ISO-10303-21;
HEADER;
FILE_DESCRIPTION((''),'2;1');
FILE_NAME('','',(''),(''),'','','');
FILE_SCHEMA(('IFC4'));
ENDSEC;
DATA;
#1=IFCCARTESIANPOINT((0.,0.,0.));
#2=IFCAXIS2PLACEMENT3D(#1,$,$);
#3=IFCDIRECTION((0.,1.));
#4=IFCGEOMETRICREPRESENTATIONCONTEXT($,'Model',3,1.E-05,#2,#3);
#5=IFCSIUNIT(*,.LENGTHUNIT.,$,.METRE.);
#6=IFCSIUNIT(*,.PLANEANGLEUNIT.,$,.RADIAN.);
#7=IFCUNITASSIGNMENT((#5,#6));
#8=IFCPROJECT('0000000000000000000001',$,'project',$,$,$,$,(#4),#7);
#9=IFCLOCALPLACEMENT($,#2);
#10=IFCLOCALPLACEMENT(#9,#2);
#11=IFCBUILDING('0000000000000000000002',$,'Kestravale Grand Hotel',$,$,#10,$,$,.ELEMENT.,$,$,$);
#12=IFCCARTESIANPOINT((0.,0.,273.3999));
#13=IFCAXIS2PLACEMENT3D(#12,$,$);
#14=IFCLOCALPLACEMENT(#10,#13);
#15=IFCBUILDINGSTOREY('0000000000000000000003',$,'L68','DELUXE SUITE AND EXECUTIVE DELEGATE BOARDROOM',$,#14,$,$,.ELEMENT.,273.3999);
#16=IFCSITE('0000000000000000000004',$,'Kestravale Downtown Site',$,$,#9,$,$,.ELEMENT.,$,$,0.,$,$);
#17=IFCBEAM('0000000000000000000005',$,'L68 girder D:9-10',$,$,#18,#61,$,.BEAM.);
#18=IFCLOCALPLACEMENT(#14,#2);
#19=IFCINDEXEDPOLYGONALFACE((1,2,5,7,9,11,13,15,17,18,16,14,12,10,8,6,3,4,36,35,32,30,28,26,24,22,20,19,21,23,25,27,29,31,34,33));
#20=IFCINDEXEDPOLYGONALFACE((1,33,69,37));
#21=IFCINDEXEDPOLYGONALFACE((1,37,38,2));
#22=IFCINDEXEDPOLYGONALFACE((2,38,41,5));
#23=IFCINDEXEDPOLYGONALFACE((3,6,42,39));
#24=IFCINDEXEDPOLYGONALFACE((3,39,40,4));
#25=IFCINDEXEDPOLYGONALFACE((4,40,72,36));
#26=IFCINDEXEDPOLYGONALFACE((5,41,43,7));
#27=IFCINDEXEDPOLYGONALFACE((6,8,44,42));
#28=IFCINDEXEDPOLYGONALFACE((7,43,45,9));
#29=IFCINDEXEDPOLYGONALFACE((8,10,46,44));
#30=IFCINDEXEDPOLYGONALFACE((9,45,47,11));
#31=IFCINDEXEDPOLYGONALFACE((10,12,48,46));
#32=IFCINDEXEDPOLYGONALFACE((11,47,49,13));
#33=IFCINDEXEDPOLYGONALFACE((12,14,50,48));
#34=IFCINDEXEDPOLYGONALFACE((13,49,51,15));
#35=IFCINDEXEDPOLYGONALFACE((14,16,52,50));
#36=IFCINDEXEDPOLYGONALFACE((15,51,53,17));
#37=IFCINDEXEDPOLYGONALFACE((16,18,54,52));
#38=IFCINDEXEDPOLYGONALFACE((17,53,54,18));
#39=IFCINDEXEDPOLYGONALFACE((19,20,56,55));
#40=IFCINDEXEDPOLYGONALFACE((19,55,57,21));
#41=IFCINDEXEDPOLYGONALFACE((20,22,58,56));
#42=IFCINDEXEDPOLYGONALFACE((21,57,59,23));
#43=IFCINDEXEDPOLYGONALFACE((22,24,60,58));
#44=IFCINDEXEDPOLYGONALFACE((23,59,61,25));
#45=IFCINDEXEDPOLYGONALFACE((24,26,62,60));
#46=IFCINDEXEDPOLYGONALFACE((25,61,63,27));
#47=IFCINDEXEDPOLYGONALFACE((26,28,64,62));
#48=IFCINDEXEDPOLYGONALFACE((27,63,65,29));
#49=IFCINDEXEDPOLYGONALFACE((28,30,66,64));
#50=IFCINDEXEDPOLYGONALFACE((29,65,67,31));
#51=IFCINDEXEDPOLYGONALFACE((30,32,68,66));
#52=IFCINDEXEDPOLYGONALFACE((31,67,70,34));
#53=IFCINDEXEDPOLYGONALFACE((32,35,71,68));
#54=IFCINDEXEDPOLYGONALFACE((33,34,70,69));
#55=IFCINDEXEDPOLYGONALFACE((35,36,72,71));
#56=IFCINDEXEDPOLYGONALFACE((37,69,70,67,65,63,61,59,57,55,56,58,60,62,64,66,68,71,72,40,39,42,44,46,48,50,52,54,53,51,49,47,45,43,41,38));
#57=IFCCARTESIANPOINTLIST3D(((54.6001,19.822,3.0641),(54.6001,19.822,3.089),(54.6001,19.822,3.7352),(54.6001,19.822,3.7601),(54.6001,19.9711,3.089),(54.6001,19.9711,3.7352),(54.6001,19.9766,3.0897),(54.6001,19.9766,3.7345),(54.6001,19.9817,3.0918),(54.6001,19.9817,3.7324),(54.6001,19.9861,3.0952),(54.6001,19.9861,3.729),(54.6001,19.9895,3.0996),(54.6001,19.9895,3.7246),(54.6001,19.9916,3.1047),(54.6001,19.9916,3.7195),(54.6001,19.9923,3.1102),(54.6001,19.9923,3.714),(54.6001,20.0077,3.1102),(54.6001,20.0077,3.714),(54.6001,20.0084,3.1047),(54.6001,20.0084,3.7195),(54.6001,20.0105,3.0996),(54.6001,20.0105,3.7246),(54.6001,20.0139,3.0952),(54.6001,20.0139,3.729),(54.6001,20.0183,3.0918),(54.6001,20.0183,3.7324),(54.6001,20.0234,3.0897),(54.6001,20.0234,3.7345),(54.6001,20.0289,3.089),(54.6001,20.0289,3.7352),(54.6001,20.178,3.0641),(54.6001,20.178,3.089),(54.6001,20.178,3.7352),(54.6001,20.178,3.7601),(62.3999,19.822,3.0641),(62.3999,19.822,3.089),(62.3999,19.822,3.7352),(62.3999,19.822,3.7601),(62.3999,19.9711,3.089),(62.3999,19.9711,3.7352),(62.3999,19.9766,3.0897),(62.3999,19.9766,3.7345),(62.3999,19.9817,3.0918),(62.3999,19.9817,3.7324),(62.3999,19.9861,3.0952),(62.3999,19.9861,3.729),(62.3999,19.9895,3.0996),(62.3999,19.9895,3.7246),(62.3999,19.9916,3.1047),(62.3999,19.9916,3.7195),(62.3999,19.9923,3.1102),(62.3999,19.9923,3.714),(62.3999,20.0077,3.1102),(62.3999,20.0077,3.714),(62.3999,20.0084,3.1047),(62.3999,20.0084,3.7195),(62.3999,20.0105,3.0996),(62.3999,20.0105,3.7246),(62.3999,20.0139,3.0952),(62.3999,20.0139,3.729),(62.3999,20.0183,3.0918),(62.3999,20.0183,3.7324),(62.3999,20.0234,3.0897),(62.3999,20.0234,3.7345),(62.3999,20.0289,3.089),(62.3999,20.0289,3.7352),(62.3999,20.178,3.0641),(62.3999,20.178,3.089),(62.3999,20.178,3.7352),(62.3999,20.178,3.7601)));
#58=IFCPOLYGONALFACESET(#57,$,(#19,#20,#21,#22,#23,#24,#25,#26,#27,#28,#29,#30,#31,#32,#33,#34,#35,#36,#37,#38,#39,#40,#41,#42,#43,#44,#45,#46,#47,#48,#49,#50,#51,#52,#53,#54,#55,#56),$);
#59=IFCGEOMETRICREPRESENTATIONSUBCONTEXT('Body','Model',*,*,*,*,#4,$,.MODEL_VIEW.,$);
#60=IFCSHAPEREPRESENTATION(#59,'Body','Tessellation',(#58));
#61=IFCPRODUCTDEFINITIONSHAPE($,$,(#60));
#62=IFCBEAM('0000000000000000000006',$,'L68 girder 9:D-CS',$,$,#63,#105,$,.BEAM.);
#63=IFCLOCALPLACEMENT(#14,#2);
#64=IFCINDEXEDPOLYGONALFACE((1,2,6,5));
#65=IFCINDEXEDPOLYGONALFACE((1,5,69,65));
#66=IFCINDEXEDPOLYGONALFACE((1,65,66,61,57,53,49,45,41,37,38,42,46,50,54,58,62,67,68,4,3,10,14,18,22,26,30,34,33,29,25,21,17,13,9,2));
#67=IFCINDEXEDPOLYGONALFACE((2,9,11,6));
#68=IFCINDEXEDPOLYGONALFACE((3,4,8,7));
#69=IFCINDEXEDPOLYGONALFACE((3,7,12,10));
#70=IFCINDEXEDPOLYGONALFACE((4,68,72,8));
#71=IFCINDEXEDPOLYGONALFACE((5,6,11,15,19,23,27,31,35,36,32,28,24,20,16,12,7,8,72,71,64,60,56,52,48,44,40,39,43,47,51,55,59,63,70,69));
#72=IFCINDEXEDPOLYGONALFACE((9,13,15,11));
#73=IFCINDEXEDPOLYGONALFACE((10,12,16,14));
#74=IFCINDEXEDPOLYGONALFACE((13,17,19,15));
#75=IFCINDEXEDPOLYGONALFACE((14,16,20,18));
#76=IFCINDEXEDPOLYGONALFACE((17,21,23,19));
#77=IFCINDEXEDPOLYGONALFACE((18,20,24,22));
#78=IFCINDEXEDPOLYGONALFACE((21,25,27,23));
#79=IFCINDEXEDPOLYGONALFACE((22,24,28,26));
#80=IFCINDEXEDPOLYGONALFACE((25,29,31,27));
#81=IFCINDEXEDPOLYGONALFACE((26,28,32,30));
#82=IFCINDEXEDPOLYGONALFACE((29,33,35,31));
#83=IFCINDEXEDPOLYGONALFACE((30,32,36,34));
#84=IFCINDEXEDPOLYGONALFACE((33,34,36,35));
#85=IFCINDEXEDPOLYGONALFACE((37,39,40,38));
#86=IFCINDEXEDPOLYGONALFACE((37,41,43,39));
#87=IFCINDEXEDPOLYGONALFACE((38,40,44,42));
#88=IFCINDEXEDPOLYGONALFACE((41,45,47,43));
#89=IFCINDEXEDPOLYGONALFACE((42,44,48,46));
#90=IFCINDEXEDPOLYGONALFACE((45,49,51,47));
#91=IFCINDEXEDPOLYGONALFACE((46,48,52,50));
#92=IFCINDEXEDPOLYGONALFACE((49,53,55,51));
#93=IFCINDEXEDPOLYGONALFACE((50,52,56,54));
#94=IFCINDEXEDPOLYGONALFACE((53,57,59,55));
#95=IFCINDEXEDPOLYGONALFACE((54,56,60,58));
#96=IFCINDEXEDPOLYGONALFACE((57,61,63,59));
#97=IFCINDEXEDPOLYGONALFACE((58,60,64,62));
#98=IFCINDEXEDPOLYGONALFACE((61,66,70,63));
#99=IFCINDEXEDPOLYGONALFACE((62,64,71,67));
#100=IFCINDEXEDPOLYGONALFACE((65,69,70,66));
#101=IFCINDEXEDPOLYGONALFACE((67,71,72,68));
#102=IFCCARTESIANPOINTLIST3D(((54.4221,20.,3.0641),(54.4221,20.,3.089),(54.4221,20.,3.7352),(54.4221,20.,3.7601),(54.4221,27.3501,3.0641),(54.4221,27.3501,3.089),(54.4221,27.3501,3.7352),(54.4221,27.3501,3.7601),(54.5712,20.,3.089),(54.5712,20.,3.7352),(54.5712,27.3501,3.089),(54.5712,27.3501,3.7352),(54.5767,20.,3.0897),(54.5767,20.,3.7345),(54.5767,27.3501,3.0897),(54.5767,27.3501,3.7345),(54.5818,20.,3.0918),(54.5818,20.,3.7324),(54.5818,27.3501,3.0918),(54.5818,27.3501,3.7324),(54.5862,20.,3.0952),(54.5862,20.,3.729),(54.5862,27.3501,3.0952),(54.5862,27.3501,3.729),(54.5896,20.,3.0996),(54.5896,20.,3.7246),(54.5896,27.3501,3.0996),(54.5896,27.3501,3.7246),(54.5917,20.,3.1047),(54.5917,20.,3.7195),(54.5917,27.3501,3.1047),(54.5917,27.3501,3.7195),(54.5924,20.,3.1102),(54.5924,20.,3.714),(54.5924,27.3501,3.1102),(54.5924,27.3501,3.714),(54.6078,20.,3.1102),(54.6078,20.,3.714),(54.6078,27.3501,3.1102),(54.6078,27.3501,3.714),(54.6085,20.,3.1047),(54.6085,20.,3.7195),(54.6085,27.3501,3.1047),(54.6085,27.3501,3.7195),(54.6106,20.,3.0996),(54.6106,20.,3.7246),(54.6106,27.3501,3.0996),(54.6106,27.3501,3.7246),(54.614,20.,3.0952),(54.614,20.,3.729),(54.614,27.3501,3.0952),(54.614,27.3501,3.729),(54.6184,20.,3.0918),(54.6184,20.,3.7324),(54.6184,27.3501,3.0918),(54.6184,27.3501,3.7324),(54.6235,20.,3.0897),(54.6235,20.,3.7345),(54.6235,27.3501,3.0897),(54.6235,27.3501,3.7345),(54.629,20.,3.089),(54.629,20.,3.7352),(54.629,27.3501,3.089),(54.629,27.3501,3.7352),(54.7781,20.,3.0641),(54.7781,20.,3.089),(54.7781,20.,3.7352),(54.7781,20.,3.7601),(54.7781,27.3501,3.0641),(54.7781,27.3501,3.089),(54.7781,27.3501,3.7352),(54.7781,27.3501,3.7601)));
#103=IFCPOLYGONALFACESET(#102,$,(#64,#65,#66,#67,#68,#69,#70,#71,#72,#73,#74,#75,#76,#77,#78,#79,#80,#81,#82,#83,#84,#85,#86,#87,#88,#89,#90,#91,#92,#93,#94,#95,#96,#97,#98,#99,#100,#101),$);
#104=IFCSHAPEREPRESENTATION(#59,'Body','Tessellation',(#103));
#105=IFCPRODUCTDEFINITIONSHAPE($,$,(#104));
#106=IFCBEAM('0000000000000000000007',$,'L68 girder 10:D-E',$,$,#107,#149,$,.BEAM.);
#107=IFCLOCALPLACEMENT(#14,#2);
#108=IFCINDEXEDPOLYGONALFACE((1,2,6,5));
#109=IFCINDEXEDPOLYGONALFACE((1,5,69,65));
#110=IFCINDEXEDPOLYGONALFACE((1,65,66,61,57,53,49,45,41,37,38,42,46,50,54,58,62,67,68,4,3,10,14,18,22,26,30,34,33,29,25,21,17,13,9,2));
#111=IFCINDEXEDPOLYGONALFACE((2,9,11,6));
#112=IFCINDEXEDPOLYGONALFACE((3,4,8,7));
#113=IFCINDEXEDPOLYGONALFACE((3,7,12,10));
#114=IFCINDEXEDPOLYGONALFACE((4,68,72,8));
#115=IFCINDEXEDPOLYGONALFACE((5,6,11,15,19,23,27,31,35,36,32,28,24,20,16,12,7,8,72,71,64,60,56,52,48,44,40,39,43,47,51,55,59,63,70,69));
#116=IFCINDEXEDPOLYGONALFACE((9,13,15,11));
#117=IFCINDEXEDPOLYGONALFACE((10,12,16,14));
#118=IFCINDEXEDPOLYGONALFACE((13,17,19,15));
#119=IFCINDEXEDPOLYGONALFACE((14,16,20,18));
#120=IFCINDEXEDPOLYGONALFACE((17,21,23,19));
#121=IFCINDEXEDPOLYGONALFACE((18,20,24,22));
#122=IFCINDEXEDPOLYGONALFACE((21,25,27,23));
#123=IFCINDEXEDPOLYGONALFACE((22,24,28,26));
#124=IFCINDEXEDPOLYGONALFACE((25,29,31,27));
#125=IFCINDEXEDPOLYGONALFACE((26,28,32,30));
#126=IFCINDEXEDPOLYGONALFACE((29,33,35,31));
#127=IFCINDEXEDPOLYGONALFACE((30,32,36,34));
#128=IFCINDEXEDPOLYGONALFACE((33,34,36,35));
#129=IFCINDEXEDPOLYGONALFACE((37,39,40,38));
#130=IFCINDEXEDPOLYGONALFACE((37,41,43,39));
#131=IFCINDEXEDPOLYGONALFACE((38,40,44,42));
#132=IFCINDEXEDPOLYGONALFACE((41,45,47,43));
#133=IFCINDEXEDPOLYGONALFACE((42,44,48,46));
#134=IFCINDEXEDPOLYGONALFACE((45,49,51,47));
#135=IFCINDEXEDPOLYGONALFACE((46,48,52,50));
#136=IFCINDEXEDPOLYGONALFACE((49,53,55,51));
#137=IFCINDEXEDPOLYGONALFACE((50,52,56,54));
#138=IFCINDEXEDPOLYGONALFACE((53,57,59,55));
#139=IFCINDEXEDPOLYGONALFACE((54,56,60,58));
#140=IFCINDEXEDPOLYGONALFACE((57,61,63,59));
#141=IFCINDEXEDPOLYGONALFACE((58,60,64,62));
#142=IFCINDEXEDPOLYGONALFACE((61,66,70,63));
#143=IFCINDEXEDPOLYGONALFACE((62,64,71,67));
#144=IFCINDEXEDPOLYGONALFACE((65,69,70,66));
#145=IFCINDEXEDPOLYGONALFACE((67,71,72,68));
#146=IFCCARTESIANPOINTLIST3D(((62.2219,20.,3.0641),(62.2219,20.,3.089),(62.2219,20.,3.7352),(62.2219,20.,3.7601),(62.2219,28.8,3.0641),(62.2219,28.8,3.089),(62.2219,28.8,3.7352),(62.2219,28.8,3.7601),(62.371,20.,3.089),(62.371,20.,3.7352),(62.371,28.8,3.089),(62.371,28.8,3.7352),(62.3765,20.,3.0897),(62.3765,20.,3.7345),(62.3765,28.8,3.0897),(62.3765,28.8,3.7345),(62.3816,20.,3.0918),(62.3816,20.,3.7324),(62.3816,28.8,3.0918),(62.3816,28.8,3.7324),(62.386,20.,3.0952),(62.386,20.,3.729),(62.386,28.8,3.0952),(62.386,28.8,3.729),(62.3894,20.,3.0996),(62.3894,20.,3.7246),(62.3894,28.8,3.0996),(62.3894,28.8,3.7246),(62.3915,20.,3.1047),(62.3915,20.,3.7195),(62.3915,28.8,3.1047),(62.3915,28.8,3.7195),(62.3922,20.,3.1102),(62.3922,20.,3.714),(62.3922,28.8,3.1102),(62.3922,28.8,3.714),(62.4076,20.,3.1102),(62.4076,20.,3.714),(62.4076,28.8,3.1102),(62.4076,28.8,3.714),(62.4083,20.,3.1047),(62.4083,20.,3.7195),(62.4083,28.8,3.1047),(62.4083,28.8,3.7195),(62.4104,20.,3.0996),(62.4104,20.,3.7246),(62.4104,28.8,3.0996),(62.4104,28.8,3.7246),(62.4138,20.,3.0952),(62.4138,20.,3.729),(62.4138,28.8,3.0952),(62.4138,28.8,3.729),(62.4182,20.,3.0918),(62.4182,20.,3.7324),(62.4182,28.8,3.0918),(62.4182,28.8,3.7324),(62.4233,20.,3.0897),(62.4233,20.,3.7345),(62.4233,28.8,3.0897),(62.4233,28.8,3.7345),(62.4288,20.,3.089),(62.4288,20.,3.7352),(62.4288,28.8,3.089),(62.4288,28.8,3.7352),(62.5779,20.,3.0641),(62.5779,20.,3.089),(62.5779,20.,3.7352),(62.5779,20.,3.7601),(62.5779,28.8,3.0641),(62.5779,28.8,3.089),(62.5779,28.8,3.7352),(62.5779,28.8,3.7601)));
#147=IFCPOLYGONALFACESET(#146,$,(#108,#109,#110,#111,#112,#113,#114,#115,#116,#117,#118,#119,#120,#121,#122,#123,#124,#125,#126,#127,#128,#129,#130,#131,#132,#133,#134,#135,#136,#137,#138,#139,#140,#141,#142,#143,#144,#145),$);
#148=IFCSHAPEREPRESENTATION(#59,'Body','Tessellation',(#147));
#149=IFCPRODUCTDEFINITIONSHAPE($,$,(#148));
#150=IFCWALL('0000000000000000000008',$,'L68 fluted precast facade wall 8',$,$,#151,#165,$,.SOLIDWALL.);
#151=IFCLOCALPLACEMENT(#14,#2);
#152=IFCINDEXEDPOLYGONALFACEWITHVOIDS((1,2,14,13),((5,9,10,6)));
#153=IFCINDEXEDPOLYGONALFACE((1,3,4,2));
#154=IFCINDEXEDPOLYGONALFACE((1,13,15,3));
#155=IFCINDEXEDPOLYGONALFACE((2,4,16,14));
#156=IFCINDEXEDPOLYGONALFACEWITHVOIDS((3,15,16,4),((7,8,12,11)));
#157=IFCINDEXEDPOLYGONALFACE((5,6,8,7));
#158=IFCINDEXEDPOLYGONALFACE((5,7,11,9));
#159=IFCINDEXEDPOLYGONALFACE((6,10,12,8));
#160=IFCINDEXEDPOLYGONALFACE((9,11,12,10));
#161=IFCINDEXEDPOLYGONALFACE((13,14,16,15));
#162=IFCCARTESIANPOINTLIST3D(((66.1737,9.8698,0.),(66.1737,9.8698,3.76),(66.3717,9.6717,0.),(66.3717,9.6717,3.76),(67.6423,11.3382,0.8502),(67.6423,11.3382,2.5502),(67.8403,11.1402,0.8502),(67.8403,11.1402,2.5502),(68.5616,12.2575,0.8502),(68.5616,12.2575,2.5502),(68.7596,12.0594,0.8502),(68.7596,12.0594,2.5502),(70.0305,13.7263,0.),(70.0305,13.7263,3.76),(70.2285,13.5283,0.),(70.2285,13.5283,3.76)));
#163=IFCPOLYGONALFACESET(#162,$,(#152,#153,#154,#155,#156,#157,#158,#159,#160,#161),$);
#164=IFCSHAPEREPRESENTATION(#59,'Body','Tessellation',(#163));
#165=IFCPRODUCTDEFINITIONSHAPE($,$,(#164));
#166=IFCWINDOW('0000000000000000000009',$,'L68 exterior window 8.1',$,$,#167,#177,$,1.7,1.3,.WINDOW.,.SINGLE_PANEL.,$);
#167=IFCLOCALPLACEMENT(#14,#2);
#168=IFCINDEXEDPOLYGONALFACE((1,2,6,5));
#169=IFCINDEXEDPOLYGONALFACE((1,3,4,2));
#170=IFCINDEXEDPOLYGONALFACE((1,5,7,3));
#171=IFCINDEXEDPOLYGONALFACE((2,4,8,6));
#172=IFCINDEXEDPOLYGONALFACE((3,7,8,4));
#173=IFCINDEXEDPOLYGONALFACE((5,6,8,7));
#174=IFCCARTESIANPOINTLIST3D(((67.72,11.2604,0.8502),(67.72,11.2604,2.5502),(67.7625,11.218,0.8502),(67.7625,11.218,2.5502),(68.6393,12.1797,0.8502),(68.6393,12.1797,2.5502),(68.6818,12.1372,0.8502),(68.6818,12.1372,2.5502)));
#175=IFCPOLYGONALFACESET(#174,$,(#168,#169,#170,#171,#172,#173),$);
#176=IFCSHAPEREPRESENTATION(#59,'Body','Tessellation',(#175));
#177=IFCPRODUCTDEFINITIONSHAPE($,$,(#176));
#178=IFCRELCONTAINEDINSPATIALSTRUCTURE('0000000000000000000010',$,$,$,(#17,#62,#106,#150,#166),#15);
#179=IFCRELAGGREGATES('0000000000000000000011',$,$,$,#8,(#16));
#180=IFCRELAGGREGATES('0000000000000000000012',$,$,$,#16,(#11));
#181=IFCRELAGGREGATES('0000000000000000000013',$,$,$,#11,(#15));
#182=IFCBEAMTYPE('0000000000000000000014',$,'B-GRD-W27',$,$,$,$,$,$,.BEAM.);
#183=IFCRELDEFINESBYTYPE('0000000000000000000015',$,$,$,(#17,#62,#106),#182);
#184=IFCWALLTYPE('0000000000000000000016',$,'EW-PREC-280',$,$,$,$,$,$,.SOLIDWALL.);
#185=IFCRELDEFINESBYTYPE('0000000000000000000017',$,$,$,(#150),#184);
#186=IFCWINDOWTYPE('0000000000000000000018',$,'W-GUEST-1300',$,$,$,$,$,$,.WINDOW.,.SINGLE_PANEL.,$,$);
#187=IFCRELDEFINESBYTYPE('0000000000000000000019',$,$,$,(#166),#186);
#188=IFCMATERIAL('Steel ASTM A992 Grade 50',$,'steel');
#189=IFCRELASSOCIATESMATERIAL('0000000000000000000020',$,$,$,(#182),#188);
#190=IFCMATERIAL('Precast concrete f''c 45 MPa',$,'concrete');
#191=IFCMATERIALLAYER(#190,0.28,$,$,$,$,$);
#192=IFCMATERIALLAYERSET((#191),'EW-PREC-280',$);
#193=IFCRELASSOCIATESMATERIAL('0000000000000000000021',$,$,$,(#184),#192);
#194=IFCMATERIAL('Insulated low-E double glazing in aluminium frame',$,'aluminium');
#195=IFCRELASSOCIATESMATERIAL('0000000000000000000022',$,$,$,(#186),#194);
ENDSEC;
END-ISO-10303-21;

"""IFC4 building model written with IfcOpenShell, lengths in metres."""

from ifc_helpers import new_model, si_unit, direction, frame, frame_2d, origin, origin_2d, place, context, subcontext, project, spatial, rectangle, i_section, extrude, material, layer, layer_set, material_profile, profile_set, type_object, element, fill, save


model = new_model("IFC4")

# Units and contexts
model_context = context("Model", 3, precision=1e-05, world=origin(), true_north=direction((0.0, 1.0)))
body_context = subcontext(model_context, "Body", "Model", "MODEL_VIEW")
ifc_project = project(units=[si_unit("LENGTHUNIT", "METRE"), si_unit("PLANEANGLEUNIT", "RADIAN")], contexts=[model_context])

# Site, building, storey
site_placement = place(None, origin())
site = spatial("IfcSite", under=ifc_project, at=site_placement, Name="Kestravale Downtown Site", CompositionType="ELEMENT", RefElevation=0.0)
building_placement = place(site_placement, origin())
building = spatial("IfcBuilding", under=site, at=building_placement, Name="Kestravale Grand Hotel", CompositionType="ELEMENT")
storey_placement = place(building_placement, frame((0.0, 0.0, 273.3999)))
storey = spatial("IfcBuildingStorey", under=building, at=storey_placement, Name="L68", Description="DELUXE SUITE AND EXECUTIVE DELEGATE BOARDROOM", CompositionType="ELEMENT", Elevation=273.3999)

# Beams
ifc_material_1 = material(Name="Steel ASTM A992 Grade 50", Category="steel")
ifc_material_profile_1 = material_profile(ifc_material_1, i_section(OverallWidth=0.356, OverallDepth=0.696, WebThickness=0.0154, FlangeThickness=0.0249, FilletRadius=0.0212, at=origin_2d()))
ifc_profile_set_1 = profile_set([ifc_material_profile_1], Name="Steel ASTM A992 Grade 50")
beam_type_1 = type_object("IfcBeamType", Name="B-GRD-W27", PredefinedType="BEAM", material=ifc_profile_set_1)
beam_1_placement = place(storey_placement, frame((54.6001, 20.0, 3.4121), z_axis=(1.0, 0.0, 0.0), x_axis=(0.0, 1.0, 0.0)))
element("IfcBeam", 1, at=beam_1_placement, inside=storey, type_object=beam_type_1, Name="L68 girder D:9-10", PredefinedType="BEAM", context=body_context, shape_type="SweptSolid", body=[
    extrude(i_section(OverallWidth=0.356, OverallDepth=0.696, WebThickness=0.0154, FlangeThickness=0.0249, FilletRadius=0.0212, at=origin_2d()), origin(), (0.0, 0.0, 1.0), 7.7998),
])
beam_2_placement = place(storey_placement, frame((54.6001, 20.0, 3.4121), z_axis=(0.0, 1.0, 0.0), x_axis=(-1.0, 0.0, 0.0)))
element("IfcBeam", 2, at=beam_2_placement, inside=storey, type_object=beam_type_1, Name="L68 girder 9:D-CS", PredefinedType="BEAM", context=body_context, shape_type="SweptSolid", body=[
    extrude(i_section(OverallWidth=0.356, OverallDepth=0.696, WebThickness=0.0154, FlangeThickness=0.0249, FilletRadius=0.0212, at=origin_2d()), origin(), (0.0, 0.0, 1.0), 7.3501),
])
beam_3_placement = place(storey_placement, frame((62.3999, 20.0, 3.4121), z_axis=(0.0, 1.0, 0.0), x_axis=(-1.0, 0.0, 0.0)))
element("IfcBeam", 3, at=beam_3_placement, inside=storey, type_object=beam_type_1, Name="L68 girder 10:D-E", PredefinedType="BEAM", context=body_context, shape_type="SweptSolid", body=[
    extrude(i_section(OverallWidth=0.356, OverallDepth=0.696, WebThickness=0.0154, FlangeThickness=0.0249, FilletRadius=0.0212, at=origin_2d()), origin(), (0.0, 0.0, 1.0), 8.8),
])

# Wall, opening, window
ifc_material_2 = material(Name="Precast concrete f'c 45 MPa", Category="concrete")
ifc_layer_1 = layer(ifc_material_2, 0.28)
ifc_layer_set_1 = layer_set([ifc_layer_1], Name="EW-PREC-280")
wall_type_1 = type_object("IfcWallType", Name="EW-PREC-280", PredefinedType="SOLIDWALL", material=ifc_layer_set_1)
wall_1_placement = place(storey_placement, frame((66.2727, 9.7708, 0.0), z_axis=(0.0, 0.0, 1.0), x_axis=(0.707129, 0.707084, 0.0)))
wall_1 = element("IfcWall", 4, at=wall_1_placement, inside=storey, type_object=wall_type_1, Name="L68 fluted precast facade wall 8", PredefinedType="SOLIDWALL", context=body_context, shape_type="SweptSolid", body=[
    extrude(rectangle(XDim=5.4541, YDim=0.28, at=frame_2d((2.7271, 0.0))), origin(), (0.0, 0.0, 1.0), 3.76),
])
opening_1_placement = place(wall_1_placement, frame((2.0769, 0.0, 0.8501)))
opening_1 = element("IfcOpeningElement", 5, at=opening_1_placement, cuts=wall_1, PredefinedType="OPENING", context=body_context, shape_type="SweptSolid", body=[
    extrude(rectangle(XDim=1.3, YDim=1.7, at=frame_2d((0.6499, 0.8501))), frame((0.0, 0.1499, 0.0), z_axis=(0.0, -1.0, 0.0), x_axis=(1.0, 0.0, 0.0)), (0.0, 0.0, 1.0), 0.3),
])
ifc_material_3 = material(Name="Insulated low-E double glazing in aluminium frame", Category="aluminium")
window_type = type_object("IfcWindowType", Name="W-GUEST-1300", PartitioningType="SINGLE_PANEL", PredefinedType="WINDOW", material=ifc_material_3)
window_1_placement = place(opening_1_placement, origin())
window_1 = element("IfcWindow", 6, at=window_1_placement, inside=storey, type_object=window_type, Name="L68 exterior window 8.1", OverallHeight=1.7, OverallWidth=1.3, PartitioningType="SINGLE_PANEL", PredefinedType="WINDOW", context=body_context, shape_type="SweptSolid", body=[
    extrude(rectangle(XDim=1.3, YDim=1.7, at=frame_2d((0.6499, 0.8501))), frame((0.0, 0.03, 0.0), z_axis=(0.0, -1.0, 0.0), x_axis=(1.0, 0.0, 0.0)), (0.0, 0.0, 1.0), 0.0601),
])
fill(opening_1, window_1)

save(model, "model.ifc")
